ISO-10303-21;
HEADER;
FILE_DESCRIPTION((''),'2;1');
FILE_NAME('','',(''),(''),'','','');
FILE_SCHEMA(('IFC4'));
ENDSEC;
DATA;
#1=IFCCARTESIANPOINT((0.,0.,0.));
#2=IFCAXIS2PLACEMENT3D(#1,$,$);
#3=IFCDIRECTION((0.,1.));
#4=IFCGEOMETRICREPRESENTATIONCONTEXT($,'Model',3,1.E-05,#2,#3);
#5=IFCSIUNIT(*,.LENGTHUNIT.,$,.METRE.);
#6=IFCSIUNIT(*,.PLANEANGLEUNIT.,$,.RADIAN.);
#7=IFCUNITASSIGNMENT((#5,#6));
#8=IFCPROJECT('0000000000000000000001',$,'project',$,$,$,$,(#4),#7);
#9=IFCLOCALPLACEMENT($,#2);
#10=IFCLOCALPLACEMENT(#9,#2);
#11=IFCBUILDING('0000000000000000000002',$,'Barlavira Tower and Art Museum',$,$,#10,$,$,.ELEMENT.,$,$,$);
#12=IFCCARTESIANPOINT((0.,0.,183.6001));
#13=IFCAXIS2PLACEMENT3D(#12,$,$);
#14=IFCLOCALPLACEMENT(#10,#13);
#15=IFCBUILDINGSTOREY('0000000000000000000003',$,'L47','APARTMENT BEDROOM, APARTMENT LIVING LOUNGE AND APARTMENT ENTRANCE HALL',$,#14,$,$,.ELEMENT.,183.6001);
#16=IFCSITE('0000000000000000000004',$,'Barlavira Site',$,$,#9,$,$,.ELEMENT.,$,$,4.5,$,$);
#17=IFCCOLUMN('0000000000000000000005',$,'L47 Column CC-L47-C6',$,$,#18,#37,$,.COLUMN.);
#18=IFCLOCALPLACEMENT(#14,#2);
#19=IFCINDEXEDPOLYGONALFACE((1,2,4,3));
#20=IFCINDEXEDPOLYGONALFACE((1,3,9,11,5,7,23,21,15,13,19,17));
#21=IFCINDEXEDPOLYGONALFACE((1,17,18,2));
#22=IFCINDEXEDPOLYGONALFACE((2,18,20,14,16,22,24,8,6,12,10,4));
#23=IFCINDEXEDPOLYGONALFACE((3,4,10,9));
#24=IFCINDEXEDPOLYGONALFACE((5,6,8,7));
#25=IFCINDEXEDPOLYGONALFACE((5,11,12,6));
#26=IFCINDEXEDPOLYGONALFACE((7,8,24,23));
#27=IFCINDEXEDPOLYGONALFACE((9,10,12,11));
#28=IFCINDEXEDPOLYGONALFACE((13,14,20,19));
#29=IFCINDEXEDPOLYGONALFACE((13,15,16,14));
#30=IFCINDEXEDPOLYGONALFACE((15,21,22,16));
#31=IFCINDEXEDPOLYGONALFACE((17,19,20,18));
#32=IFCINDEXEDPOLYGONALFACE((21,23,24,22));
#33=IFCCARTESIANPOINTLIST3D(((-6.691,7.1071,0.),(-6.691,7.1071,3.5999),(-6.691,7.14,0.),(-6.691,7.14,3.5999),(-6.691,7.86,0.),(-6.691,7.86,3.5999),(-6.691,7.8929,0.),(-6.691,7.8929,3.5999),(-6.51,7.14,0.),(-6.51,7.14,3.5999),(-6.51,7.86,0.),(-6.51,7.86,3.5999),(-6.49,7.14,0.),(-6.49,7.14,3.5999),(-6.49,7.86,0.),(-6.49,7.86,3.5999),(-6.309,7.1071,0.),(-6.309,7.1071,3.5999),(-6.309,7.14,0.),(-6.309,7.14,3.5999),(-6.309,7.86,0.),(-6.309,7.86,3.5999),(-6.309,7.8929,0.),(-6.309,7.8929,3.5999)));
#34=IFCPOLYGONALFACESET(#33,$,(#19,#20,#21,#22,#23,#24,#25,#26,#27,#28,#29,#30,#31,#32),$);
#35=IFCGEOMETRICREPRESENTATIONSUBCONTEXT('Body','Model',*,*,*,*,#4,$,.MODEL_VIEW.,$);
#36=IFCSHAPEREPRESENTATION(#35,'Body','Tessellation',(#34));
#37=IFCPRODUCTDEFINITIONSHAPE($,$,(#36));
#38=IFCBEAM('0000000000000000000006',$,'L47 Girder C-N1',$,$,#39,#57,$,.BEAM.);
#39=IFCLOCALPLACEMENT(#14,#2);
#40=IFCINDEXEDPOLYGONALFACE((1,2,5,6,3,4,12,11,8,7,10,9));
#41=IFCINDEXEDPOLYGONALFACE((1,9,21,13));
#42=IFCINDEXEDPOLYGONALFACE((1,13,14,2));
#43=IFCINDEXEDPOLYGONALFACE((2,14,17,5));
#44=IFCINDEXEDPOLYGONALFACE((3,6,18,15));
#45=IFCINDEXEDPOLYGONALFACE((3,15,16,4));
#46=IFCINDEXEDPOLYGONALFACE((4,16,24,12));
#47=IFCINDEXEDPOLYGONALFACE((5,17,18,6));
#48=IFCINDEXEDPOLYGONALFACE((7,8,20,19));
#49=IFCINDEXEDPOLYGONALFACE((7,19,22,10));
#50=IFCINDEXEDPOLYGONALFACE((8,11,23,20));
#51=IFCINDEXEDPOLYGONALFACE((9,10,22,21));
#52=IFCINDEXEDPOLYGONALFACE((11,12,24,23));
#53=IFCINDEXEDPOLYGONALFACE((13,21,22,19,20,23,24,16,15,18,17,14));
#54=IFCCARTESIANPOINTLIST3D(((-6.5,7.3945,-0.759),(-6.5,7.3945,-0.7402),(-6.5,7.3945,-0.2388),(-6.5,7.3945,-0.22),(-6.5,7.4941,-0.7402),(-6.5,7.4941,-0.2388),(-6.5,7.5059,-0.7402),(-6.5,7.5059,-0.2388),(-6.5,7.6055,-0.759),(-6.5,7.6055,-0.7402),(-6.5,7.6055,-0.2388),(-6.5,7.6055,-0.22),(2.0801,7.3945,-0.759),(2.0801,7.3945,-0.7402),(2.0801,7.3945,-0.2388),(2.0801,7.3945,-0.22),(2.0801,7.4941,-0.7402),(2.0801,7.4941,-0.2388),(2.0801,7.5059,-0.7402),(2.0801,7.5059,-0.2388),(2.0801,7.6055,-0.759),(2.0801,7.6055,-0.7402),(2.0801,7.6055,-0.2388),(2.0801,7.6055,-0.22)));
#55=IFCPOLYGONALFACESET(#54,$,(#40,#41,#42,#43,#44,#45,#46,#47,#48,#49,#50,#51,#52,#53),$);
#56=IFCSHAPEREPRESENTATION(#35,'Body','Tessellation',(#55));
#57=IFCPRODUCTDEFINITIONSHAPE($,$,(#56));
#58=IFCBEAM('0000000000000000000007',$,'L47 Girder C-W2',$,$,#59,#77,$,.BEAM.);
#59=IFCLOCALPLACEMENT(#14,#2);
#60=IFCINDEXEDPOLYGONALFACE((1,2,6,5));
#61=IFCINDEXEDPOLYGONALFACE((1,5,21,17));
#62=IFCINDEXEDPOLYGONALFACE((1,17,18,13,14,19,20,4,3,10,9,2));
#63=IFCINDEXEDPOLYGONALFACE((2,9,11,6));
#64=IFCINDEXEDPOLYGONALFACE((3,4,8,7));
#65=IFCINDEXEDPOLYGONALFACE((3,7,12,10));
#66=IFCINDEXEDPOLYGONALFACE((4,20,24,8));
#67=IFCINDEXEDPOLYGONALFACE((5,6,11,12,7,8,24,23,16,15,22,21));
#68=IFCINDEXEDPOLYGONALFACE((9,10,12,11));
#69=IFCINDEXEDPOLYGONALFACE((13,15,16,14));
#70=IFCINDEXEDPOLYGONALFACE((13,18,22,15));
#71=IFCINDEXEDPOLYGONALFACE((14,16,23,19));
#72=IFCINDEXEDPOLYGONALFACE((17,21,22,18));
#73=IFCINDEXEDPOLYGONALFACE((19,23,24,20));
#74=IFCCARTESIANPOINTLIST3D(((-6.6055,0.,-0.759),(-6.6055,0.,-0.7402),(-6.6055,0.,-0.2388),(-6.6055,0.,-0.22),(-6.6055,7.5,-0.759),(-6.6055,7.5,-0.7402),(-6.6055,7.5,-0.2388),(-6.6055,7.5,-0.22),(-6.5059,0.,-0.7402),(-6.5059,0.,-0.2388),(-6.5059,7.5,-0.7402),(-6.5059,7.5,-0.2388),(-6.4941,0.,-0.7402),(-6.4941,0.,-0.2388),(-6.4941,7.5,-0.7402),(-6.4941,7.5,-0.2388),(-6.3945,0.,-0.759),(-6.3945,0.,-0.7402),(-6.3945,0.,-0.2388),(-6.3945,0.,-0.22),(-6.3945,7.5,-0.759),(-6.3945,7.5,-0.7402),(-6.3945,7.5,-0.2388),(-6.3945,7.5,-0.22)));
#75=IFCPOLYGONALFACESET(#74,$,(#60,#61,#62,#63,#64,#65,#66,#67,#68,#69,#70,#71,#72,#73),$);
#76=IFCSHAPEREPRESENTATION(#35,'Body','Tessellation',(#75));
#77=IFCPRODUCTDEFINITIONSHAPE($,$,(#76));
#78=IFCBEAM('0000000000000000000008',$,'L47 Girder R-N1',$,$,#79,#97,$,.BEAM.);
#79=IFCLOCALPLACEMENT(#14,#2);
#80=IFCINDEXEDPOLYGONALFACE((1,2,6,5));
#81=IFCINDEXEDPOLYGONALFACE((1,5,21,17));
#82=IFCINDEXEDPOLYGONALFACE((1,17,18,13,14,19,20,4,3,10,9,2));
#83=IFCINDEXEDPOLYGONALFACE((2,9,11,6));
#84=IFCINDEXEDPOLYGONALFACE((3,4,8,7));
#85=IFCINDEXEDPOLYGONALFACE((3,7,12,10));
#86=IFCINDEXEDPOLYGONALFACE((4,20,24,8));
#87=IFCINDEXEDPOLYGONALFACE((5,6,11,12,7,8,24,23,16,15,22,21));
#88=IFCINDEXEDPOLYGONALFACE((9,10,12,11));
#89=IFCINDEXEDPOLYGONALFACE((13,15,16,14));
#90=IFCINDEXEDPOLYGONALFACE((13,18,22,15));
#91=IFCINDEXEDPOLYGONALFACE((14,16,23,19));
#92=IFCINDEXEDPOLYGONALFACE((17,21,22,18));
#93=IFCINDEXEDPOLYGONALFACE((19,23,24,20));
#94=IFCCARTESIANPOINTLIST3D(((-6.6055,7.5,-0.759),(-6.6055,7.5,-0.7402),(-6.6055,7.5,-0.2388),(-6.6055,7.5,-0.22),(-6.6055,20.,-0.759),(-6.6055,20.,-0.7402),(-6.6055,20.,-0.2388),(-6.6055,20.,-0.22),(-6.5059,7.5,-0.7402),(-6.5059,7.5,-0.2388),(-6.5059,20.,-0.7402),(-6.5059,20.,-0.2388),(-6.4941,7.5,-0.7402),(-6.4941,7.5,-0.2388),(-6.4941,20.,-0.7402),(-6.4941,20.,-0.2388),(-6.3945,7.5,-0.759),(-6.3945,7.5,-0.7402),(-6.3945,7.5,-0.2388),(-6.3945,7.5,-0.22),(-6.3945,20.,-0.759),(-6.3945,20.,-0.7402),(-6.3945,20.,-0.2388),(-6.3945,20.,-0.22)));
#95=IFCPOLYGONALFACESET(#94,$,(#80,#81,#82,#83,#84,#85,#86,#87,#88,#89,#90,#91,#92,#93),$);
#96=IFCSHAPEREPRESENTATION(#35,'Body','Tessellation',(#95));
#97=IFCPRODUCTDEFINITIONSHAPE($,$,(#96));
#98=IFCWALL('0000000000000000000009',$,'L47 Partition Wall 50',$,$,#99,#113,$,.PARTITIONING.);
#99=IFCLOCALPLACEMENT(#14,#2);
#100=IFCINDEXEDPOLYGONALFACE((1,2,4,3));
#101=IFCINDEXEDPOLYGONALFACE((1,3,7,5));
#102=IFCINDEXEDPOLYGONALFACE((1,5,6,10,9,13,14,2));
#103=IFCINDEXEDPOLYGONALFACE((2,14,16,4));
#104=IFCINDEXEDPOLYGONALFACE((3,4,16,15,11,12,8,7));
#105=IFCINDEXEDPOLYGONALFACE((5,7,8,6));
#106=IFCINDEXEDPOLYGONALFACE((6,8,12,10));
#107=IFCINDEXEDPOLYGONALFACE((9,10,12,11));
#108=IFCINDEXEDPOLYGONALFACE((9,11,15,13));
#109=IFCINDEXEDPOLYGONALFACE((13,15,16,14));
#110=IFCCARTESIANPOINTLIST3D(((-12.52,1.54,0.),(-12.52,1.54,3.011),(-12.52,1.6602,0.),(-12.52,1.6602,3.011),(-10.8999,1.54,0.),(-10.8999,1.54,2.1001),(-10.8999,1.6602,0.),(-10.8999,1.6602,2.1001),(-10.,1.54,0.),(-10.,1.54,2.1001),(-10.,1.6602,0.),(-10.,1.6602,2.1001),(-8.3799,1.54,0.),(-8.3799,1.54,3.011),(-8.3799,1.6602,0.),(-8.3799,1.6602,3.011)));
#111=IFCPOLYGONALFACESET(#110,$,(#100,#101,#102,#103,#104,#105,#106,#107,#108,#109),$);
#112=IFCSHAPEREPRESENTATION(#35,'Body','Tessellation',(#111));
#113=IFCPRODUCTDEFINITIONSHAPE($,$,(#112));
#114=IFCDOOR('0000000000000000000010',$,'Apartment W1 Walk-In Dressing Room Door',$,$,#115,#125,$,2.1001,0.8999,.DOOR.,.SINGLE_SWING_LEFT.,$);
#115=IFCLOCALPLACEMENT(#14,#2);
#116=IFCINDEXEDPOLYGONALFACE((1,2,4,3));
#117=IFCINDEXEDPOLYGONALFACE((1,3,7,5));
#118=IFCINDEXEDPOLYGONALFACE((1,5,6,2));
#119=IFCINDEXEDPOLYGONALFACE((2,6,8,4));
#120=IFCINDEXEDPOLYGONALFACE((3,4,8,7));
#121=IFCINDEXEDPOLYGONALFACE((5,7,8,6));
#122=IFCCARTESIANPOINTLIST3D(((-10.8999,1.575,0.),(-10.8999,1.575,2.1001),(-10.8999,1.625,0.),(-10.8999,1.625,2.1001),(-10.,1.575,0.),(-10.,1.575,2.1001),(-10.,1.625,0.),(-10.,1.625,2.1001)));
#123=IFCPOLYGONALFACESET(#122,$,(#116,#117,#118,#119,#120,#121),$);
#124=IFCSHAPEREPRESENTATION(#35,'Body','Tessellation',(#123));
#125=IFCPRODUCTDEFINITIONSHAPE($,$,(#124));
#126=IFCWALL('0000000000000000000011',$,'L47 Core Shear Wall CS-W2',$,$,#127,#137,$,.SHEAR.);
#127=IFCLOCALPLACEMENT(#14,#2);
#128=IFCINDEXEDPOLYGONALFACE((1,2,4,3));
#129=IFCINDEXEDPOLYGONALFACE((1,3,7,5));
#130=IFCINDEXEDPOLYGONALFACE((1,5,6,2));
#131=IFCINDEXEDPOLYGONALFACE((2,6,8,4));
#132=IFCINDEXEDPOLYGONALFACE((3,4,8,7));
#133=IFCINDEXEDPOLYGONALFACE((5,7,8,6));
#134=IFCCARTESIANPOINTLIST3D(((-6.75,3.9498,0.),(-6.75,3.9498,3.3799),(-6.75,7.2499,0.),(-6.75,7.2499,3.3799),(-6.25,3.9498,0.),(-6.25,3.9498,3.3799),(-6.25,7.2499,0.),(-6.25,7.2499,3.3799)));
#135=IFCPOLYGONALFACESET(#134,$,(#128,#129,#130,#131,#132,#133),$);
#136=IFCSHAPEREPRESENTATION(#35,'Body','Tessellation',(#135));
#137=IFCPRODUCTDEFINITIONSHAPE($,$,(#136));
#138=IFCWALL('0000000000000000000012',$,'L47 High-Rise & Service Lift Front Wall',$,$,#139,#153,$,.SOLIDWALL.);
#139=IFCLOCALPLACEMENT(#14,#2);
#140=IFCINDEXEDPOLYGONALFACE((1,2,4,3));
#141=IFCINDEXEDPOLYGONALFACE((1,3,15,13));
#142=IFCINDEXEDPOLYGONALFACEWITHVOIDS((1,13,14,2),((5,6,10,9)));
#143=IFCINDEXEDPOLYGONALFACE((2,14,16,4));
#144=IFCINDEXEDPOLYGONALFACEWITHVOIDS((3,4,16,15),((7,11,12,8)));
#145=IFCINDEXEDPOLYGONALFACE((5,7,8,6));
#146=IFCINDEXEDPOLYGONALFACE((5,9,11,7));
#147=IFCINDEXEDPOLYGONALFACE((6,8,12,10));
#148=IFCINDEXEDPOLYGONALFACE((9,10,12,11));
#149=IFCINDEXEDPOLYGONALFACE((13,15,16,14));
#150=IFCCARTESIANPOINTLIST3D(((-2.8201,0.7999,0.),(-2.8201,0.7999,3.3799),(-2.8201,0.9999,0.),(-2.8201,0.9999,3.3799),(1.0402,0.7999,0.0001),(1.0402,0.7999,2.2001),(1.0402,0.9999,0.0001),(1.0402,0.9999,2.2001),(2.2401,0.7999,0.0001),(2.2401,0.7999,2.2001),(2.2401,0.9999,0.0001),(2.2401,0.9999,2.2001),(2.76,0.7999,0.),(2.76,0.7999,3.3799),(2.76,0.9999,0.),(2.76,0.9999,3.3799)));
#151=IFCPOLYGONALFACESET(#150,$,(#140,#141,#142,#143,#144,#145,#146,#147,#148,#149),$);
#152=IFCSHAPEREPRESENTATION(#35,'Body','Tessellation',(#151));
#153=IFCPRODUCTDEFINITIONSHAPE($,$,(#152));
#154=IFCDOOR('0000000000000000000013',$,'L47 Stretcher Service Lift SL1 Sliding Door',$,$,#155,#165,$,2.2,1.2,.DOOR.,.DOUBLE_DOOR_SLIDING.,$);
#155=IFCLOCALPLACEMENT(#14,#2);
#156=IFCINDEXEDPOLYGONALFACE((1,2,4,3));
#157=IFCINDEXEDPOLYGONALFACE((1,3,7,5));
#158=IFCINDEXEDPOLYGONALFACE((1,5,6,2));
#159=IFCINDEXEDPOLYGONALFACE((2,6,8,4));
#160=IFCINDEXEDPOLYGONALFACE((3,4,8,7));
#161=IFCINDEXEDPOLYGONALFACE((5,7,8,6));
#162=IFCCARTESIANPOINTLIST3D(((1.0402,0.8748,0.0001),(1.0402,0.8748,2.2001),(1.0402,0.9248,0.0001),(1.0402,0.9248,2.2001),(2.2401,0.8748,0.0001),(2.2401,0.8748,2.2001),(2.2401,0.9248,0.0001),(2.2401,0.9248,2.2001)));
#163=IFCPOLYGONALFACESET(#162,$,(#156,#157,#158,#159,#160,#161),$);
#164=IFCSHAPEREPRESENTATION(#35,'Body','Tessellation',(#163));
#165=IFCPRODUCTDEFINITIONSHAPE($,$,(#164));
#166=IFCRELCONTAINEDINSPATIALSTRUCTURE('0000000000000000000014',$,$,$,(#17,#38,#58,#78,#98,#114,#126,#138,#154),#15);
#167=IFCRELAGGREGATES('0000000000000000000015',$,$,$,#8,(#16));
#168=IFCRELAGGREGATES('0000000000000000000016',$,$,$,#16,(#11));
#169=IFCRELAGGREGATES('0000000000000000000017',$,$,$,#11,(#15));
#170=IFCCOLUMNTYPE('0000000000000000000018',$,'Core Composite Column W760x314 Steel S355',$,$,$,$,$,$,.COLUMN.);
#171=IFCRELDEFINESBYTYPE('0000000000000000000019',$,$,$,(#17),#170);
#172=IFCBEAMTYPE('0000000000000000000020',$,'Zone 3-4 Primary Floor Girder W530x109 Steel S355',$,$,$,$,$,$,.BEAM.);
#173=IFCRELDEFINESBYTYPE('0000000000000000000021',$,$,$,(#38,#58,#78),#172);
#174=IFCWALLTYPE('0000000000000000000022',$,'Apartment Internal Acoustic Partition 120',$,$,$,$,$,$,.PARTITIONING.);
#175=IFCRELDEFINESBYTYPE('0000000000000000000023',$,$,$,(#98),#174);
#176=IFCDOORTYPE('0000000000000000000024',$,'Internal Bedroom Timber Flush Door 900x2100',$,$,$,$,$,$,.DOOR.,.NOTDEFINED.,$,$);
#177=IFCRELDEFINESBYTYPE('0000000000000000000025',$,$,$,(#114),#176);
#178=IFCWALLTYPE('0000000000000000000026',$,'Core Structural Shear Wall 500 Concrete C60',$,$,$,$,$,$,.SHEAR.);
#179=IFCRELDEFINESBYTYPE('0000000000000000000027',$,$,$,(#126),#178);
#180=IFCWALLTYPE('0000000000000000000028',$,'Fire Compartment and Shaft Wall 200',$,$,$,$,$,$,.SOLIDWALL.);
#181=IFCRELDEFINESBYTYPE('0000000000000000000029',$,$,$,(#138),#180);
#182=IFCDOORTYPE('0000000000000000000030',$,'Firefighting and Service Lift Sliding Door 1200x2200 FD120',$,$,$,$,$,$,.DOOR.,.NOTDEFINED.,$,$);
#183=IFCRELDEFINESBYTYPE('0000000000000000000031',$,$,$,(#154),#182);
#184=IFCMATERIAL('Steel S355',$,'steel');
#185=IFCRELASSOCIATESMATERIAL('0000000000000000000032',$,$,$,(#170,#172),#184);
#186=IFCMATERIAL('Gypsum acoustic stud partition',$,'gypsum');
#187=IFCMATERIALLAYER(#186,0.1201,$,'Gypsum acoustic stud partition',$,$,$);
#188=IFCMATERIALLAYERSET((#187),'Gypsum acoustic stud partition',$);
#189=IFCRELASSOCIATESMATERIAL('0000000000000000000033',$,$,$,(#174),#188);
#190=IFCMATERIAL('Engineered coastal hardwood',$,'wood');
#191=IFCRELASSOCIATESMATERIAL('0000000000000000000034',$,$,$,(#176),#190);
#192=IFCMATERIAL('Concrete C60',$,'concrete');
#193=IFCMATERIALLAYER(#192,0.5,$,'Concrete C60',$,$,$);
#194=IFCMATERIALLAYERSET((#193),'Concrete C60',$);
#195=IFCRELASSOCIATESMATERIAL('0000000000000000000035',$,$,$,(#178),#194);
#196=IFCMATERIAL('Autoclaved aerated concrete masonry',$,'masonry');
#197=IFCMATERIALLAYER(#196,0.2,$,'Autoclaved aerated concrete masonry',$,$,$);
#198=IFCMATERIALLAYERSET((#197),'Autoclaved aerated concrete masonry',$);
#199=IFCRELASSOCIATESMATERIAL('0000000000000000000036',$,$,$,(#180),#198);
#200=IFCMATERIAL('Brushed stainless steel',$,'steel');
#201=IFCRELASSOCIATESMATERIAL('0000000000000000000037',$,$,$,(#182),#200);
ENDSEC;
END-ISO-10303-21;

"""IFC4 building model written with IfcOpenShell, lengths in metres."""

from ifc_helpers import new_model, si_unit, direction, frame, frame_2d, origin, origin_2d, place, context, subcontext, project, spatial, rectangle, i_section, extrude, material, layer, layer_set, material_profile, profile_set, type_object, element, fill, save


model = new_model("IFC4")

# Units and contexts
model_context = context("Model", 3, precision=1e-05, world=origin(), true_north=direction((0.0, 1.0)))
body_context = subcontext(model_context, "Body", "Model", "MODEL_VIEW")
ifc_project = project(units=[si_unit("LENGTHUNIT", "METRE"), si_unit("PLANEANGLEUNIT", "RADIAN")], contexts=[model_context])

# Site, building, storey
site_placement = place(None, origin())
site = spatial("IfcSite", under=ifc_project, at=site_placement, Name="Barlavira Site", CompositionType="ELEMENT", RefElevation=4.5)
building_placement = place(site_placement, origin())
building = spatial("IfcBuilding", under=site, at=building_placement, Name="Barlavira Tower and Art Museum", CompositionType="ELEMENT")
storey_placement = place(building_placement, frame((0.0, 0.0, 183.6001)))
storey = spatial("IfcBuildingStorey", under=building, at=storey_placement, Name="L47", Description="APARTMENT BEDROOM, APARTMENT LIVING LOUNGE AND APARTMENT ENTRANCE HALL", CompositionType="ELEMENT", Elevation=183.6001)

# Column
ifc_material_1 = material(Name="Steel S355", Category="steel")
ifc_material_profile_1 = material_profile(ifc_material_1, i_section(OverallWidth=0.3821, OverallDepth=0.7859, WebThickness=0.02, FlangeThickness=0.033, at=origin_2d()), Name="W760x314.0")
ifc_profile_set_1 = profile_set([ifc_material_profile_1], Name="Steel S355")
column_type = type_object("IfcColumnType", Name="Core Composite Column W760x314 Steel S355", PredefinedType="COLUMN", material=ifc_profile_set_1)
column_placement = place(storey_placement, frame((-6.5, 7.5, 0.0), z_axis=(0.0, 0.0, 1.0), x_axis=(1.0, 0.0, 0.0)))
element("IfcColumn", 1, at=column_placement, inside=storey, type_object=column_type, Name="L47 Column CC-L47-C6", PredefinedType="COLUMN", context=body_context, shape_type="SweptSolid", body=[
    extrude(i_section(OverallWidth=0.3821, OverallDepth=0.7859, WebThickness=0.02, FlangeThickness=0.033, at=origin_2d()), origin(), (0.0, 0.0, 1.0), 3.5999),
])

# Beams
ifc_material_profile_2 = material_profile(ifc_material_1, i_section(OverallWidth=0.2109, OverallDepth=0.5391, WebThickness=0.0117, FlangeThickness=0.0188, at=origin_2d()), Name="W530x109.0")
ifc_profile_set_2 = profile_set([ifc_material_profile_2], Name="Steel S355")
beam_type = type_object("IfcBeamType", Name="Zone 3-4 Primary Floor Girder W530x109 Steel S355", PredefinedType="BEAM", material=ifc_profile_set_2)
beam_1_placement = place(storey_placement, frame((-6.5, 7.5, -0.4895), z_axis=(1.0, 0.0, 0.0), x_axis=(0.0, 1.0, 0.0)))
element("IfcBeam", 2, at=beam_1_placement, inside=storey, type_object=beam_type, Name="L47 Girder C-N1", PredefinedType="BEAM", context=body_context, shape_type="SweptSolid", body=[
    extrude(i_section(OverallWidth=0.2109, OverallDepth=0.5391, WebThickness=0.0117, FlangeThickness=0.0188, at=origin_2d()), origin(), (0.0, 0.0, 1.0), 8.5801),
])
beam_2_placement = place(storey_placement, frame((-6.5, 0.0, -0.4895), z_axis=(0.0, 1.0, 0.0), x_axis=(-1.0, 0.0, 0.0)))
element("IfcBeam", 3, at=beam_2_placement, inside=storey, type_object=beam_type, Name="L47 Girder C-W2", PredefinedType="BEAM", context=body_context, shape_type="SweptSolid", body=[
    extrude(i_section(OverallWidth=0.2109, OverallDepth=0.5391, WebThickness=0.0117, FlangeThickness=0.0188, at=origin_2d()), origin(), (0.0, 0.0, 1.0), 7.5),
])
beam_3_placement = place(storey_placement, frame((-6.5, 7.5, -0.4895), z_axis=(0.0, 1.0, 0.0), x_axis=(-1.0, 0.0, 0.0)))
element("IfcBeam", 4, at=beam_3_placement, inside=storey, type_object=beam_type, Name="L47 Girder R-N1", PredefinedType="BEAM", context=body_context, shape_type="SweptSolid", body=[
    extrude(i_section(OverallWidth=0.2109, OverallDepth=0.5391, WebThickness=0.0117, FlangeThickness=0.0188, at=origin_2d()), origin(), (0.0, 0.0, 1.0), 12.5),
])

# Wall, opening, door
ifc_material_2 = material(Name="Gypsum acoustic stud partition", Category="gypsum")
ifc_layer_1 = layer(ifc_material_2, 0.1201, Name="Gypsum acoustic stud partition")
ifc_layer_set_1 = layer_set([ifc_layer_1], Name="Gypsum acoustic stud partition")
wall_type_1 = type_object("IfcWallType", Name="Apartment Internal Acoustic Partition 120", PredefinedType="PARTITIONING", material=ifc_layer_set_1)
wall_1_placement = place(storey_placement, frame((-12.52, 1.6001, 0.0), z_axis=(0.0, 0.0, 1.0), x_axis=(1.0, 0.0, 0.0)))
wall_1 = element("IfcWall", 5, at=wall_1_placement, inside=storey, type_object=wall_type_1, Name="L47 Partition Wall 50", PredefinedType="PARTITIONING", context=body_context, shape_type="SweptSolid", body=[
    extrude(rectangle(XDim=4.1401, YDim=0.1201, at=frame_2d((2.0701, 0.0))), origin(), (0.0, 0.0, 1.0), 3.011),
])
opening_1_placement = place(wall_1_placement, frame((1.6201, 0.0, 0.0)))
opening_1 = element("IfcOpeningElement", 6, at=opening_1_placement, cuts=wall_1, PredefinedType="OPENING", context=body_context, shape_type="SweptSolid", body=[
    extrude(rectangle(XDim=0.8999, YDim=2.1001, at=frame_2d((0.45, 1.05))), frame((0.0, 0.0701, 0.0), z_axis=(0.0, -1.0, 0.0), x_axis=(1.0, 0.0, 0.0)), (0.0, 0.0, 1.0), 0.1401),
])
ifc_material_3 = material(Name="Engineered coastal hardwood", Category="wood")
door_type_1 = type_object("IfcDoorType", Name="Internal Bedroom Timber Flush Door 900x2100", OperationType="NOTDEFINED", PredefinedType="DOOR", material=ifc_material_3)
door_1_placement = place(opening_1_placement, origin())
door_1 = element("IfcDoor", 7, at=door_1_placement, inside=storey, type_object=door_type_1, Name="Apartment W1 Walk-In Dressing Room Door", OperationType="SINGLE_SWING_LEFT", OverallHeight=2.1001, OverallWidth=0.8999, PredefinedType="DOOR", context=body_context, shape_type="SweptSolid", body=[
    extrude(rectangle(XDim=0.8999, YDim=2.1001, at=frame_2d((0.45, 1.05))), frame((0.0, 0.0249, 0.0), z_axis=(0.0, -1.0, 0.0), x_axis=(1.0, 0.0, 0.0)), (0.0, 0.0, 1.0), 0.05),
])
fill(opening_1, door_1)
ifc_material_4 = material(Name="Concrete C60", Category="concrete")
ifc_layer_2 = layer(ifc_material_4, 0.5, Name="Concrete C60")
ifc_layer_set_2 = layer_set([ifc_layer_2], Name="Concrete C60")
wall_type_2 = type_object("IfcWallType", Name="Core Structural Shear Wall 500 Concrete C60", PredefinedType="SHEAR", material=ifc_layer_set_2)
ifc_material_5 = material(Name="Brushed stainless steel", Category="steel")

# Wall
wall_2_placement = place(storey_placement, frame((-6.5, 3.95, 0.0), z_axis=(0.0, 0.0, 1.0), x_axis=(0.0, 1.0, 0.0)))
element("IfcWall", 8, at=wall_2_placement, inside=storey, type_object=wall_type_2, Name="L47 Core Shear Wall CS-W2", PredefinedType="SHEAR", context=body_context, shape_type="SweptSolid", body=[
    extrude(rectangle(XDim=3.3, YDim=0.5, at=frame_2d((1.6499, 0.0))), origin(), (0.0, 0.0, 1.0), 3.3799),
])

# Wall, opening, door
ifc_material_6 = material(Name="Autoclaved aerated concrete masonry", Category="masonry")
ifc_layer_3 = layer(ifc_material_6, 0.2, Name="Autoclaved aerated concrete masonry")
ifc_layer_set_3 = layer_set([ifc_layer_3], Name="Autoclaved aerated concrete masonry")
wall_type_3 = type_object("IfcWallType", Name="Fire Compartment and Shaft Wall 200", PredefinedType="SOLIDWALL", material=ifc_layer_set_3)
wall_3_placement = place(storey_placement, frame((-2.8201, 0.8999, 0.0), z_axis=(0.0, 0.0, 1.0), x_axis=(1.0, 0.0, 0.0)))
wall_3 = element("IfcWall", 9, at=wall_3_placement, inside=storey, type_object=wall_type_3, Name="L47 High-Rise & Service Lift Front Wall", PredefinedType="SOLIDWALL", context=body_context, shape_type="SweptSolid", body=[
    extrude(rectangle(XDim=5.5801, YDim=0.2, at=frame_2d((2.79, 0.0))), origin(), (0.0, 0.0, 1.0), 3.3799),
])
opening_2_placement = place(wall_3_placement, frame((3.8601, 0.0, 0.0)))
opening_2 = element("IfcOpeningElement", 10, at=opening_2_placement, cuts=wall_3, PredefinedType="OPENING", context=body_context, shape_type="SweptSolid", body=[
    extrude(rectangle(XDim=1.2, YDim=2.2, at=frame_2d((0.6001, 1.1001))), frame((0.0, 0.1099, 0.0), z_axis=(0.0, -1.0, 0.0), x_axis=(1.0, 0.0, 0.0)), (0.0, 0.0, 1.0), 0.22),
])
door_type_2 = type_object("IfcDoorType", Name="Firefighting and Service Lift Sliding Door 1200x2200 FD120", OperationType="NOTDEFINED", PredefinedType="DOOR", material=ifc_material_5)
door_2_placement = place(opening_2_placement, origin())
door_2 = element("IfcDoor", 11, at=door_2_placement, inside=storey, type_object=door_type_2, Name="L47 Stretcher Service Lift SL1 Sliding Door", OperationType="DOUBLE_DOOR_SLIDING", OverallHeight=2.2, OverallWidth=1.2, PredefinedType="DOOR", context=body_context, shape_type="SweptSolid", body=[
    extrude(rectangle(XDim=1.2, YDim=2.2, at=frame_2d((0.6001, 1.1001))), frame((0.0, 0.0249, 0.0), z_axis=(0.0, -1.0, 0.0), x_axis=(1.0, 0.0, 0.0)), (0.0, 0.0, 1.0), 0.05),
])
fill(opening_2, door_2)

save(model, "model.ifc")
